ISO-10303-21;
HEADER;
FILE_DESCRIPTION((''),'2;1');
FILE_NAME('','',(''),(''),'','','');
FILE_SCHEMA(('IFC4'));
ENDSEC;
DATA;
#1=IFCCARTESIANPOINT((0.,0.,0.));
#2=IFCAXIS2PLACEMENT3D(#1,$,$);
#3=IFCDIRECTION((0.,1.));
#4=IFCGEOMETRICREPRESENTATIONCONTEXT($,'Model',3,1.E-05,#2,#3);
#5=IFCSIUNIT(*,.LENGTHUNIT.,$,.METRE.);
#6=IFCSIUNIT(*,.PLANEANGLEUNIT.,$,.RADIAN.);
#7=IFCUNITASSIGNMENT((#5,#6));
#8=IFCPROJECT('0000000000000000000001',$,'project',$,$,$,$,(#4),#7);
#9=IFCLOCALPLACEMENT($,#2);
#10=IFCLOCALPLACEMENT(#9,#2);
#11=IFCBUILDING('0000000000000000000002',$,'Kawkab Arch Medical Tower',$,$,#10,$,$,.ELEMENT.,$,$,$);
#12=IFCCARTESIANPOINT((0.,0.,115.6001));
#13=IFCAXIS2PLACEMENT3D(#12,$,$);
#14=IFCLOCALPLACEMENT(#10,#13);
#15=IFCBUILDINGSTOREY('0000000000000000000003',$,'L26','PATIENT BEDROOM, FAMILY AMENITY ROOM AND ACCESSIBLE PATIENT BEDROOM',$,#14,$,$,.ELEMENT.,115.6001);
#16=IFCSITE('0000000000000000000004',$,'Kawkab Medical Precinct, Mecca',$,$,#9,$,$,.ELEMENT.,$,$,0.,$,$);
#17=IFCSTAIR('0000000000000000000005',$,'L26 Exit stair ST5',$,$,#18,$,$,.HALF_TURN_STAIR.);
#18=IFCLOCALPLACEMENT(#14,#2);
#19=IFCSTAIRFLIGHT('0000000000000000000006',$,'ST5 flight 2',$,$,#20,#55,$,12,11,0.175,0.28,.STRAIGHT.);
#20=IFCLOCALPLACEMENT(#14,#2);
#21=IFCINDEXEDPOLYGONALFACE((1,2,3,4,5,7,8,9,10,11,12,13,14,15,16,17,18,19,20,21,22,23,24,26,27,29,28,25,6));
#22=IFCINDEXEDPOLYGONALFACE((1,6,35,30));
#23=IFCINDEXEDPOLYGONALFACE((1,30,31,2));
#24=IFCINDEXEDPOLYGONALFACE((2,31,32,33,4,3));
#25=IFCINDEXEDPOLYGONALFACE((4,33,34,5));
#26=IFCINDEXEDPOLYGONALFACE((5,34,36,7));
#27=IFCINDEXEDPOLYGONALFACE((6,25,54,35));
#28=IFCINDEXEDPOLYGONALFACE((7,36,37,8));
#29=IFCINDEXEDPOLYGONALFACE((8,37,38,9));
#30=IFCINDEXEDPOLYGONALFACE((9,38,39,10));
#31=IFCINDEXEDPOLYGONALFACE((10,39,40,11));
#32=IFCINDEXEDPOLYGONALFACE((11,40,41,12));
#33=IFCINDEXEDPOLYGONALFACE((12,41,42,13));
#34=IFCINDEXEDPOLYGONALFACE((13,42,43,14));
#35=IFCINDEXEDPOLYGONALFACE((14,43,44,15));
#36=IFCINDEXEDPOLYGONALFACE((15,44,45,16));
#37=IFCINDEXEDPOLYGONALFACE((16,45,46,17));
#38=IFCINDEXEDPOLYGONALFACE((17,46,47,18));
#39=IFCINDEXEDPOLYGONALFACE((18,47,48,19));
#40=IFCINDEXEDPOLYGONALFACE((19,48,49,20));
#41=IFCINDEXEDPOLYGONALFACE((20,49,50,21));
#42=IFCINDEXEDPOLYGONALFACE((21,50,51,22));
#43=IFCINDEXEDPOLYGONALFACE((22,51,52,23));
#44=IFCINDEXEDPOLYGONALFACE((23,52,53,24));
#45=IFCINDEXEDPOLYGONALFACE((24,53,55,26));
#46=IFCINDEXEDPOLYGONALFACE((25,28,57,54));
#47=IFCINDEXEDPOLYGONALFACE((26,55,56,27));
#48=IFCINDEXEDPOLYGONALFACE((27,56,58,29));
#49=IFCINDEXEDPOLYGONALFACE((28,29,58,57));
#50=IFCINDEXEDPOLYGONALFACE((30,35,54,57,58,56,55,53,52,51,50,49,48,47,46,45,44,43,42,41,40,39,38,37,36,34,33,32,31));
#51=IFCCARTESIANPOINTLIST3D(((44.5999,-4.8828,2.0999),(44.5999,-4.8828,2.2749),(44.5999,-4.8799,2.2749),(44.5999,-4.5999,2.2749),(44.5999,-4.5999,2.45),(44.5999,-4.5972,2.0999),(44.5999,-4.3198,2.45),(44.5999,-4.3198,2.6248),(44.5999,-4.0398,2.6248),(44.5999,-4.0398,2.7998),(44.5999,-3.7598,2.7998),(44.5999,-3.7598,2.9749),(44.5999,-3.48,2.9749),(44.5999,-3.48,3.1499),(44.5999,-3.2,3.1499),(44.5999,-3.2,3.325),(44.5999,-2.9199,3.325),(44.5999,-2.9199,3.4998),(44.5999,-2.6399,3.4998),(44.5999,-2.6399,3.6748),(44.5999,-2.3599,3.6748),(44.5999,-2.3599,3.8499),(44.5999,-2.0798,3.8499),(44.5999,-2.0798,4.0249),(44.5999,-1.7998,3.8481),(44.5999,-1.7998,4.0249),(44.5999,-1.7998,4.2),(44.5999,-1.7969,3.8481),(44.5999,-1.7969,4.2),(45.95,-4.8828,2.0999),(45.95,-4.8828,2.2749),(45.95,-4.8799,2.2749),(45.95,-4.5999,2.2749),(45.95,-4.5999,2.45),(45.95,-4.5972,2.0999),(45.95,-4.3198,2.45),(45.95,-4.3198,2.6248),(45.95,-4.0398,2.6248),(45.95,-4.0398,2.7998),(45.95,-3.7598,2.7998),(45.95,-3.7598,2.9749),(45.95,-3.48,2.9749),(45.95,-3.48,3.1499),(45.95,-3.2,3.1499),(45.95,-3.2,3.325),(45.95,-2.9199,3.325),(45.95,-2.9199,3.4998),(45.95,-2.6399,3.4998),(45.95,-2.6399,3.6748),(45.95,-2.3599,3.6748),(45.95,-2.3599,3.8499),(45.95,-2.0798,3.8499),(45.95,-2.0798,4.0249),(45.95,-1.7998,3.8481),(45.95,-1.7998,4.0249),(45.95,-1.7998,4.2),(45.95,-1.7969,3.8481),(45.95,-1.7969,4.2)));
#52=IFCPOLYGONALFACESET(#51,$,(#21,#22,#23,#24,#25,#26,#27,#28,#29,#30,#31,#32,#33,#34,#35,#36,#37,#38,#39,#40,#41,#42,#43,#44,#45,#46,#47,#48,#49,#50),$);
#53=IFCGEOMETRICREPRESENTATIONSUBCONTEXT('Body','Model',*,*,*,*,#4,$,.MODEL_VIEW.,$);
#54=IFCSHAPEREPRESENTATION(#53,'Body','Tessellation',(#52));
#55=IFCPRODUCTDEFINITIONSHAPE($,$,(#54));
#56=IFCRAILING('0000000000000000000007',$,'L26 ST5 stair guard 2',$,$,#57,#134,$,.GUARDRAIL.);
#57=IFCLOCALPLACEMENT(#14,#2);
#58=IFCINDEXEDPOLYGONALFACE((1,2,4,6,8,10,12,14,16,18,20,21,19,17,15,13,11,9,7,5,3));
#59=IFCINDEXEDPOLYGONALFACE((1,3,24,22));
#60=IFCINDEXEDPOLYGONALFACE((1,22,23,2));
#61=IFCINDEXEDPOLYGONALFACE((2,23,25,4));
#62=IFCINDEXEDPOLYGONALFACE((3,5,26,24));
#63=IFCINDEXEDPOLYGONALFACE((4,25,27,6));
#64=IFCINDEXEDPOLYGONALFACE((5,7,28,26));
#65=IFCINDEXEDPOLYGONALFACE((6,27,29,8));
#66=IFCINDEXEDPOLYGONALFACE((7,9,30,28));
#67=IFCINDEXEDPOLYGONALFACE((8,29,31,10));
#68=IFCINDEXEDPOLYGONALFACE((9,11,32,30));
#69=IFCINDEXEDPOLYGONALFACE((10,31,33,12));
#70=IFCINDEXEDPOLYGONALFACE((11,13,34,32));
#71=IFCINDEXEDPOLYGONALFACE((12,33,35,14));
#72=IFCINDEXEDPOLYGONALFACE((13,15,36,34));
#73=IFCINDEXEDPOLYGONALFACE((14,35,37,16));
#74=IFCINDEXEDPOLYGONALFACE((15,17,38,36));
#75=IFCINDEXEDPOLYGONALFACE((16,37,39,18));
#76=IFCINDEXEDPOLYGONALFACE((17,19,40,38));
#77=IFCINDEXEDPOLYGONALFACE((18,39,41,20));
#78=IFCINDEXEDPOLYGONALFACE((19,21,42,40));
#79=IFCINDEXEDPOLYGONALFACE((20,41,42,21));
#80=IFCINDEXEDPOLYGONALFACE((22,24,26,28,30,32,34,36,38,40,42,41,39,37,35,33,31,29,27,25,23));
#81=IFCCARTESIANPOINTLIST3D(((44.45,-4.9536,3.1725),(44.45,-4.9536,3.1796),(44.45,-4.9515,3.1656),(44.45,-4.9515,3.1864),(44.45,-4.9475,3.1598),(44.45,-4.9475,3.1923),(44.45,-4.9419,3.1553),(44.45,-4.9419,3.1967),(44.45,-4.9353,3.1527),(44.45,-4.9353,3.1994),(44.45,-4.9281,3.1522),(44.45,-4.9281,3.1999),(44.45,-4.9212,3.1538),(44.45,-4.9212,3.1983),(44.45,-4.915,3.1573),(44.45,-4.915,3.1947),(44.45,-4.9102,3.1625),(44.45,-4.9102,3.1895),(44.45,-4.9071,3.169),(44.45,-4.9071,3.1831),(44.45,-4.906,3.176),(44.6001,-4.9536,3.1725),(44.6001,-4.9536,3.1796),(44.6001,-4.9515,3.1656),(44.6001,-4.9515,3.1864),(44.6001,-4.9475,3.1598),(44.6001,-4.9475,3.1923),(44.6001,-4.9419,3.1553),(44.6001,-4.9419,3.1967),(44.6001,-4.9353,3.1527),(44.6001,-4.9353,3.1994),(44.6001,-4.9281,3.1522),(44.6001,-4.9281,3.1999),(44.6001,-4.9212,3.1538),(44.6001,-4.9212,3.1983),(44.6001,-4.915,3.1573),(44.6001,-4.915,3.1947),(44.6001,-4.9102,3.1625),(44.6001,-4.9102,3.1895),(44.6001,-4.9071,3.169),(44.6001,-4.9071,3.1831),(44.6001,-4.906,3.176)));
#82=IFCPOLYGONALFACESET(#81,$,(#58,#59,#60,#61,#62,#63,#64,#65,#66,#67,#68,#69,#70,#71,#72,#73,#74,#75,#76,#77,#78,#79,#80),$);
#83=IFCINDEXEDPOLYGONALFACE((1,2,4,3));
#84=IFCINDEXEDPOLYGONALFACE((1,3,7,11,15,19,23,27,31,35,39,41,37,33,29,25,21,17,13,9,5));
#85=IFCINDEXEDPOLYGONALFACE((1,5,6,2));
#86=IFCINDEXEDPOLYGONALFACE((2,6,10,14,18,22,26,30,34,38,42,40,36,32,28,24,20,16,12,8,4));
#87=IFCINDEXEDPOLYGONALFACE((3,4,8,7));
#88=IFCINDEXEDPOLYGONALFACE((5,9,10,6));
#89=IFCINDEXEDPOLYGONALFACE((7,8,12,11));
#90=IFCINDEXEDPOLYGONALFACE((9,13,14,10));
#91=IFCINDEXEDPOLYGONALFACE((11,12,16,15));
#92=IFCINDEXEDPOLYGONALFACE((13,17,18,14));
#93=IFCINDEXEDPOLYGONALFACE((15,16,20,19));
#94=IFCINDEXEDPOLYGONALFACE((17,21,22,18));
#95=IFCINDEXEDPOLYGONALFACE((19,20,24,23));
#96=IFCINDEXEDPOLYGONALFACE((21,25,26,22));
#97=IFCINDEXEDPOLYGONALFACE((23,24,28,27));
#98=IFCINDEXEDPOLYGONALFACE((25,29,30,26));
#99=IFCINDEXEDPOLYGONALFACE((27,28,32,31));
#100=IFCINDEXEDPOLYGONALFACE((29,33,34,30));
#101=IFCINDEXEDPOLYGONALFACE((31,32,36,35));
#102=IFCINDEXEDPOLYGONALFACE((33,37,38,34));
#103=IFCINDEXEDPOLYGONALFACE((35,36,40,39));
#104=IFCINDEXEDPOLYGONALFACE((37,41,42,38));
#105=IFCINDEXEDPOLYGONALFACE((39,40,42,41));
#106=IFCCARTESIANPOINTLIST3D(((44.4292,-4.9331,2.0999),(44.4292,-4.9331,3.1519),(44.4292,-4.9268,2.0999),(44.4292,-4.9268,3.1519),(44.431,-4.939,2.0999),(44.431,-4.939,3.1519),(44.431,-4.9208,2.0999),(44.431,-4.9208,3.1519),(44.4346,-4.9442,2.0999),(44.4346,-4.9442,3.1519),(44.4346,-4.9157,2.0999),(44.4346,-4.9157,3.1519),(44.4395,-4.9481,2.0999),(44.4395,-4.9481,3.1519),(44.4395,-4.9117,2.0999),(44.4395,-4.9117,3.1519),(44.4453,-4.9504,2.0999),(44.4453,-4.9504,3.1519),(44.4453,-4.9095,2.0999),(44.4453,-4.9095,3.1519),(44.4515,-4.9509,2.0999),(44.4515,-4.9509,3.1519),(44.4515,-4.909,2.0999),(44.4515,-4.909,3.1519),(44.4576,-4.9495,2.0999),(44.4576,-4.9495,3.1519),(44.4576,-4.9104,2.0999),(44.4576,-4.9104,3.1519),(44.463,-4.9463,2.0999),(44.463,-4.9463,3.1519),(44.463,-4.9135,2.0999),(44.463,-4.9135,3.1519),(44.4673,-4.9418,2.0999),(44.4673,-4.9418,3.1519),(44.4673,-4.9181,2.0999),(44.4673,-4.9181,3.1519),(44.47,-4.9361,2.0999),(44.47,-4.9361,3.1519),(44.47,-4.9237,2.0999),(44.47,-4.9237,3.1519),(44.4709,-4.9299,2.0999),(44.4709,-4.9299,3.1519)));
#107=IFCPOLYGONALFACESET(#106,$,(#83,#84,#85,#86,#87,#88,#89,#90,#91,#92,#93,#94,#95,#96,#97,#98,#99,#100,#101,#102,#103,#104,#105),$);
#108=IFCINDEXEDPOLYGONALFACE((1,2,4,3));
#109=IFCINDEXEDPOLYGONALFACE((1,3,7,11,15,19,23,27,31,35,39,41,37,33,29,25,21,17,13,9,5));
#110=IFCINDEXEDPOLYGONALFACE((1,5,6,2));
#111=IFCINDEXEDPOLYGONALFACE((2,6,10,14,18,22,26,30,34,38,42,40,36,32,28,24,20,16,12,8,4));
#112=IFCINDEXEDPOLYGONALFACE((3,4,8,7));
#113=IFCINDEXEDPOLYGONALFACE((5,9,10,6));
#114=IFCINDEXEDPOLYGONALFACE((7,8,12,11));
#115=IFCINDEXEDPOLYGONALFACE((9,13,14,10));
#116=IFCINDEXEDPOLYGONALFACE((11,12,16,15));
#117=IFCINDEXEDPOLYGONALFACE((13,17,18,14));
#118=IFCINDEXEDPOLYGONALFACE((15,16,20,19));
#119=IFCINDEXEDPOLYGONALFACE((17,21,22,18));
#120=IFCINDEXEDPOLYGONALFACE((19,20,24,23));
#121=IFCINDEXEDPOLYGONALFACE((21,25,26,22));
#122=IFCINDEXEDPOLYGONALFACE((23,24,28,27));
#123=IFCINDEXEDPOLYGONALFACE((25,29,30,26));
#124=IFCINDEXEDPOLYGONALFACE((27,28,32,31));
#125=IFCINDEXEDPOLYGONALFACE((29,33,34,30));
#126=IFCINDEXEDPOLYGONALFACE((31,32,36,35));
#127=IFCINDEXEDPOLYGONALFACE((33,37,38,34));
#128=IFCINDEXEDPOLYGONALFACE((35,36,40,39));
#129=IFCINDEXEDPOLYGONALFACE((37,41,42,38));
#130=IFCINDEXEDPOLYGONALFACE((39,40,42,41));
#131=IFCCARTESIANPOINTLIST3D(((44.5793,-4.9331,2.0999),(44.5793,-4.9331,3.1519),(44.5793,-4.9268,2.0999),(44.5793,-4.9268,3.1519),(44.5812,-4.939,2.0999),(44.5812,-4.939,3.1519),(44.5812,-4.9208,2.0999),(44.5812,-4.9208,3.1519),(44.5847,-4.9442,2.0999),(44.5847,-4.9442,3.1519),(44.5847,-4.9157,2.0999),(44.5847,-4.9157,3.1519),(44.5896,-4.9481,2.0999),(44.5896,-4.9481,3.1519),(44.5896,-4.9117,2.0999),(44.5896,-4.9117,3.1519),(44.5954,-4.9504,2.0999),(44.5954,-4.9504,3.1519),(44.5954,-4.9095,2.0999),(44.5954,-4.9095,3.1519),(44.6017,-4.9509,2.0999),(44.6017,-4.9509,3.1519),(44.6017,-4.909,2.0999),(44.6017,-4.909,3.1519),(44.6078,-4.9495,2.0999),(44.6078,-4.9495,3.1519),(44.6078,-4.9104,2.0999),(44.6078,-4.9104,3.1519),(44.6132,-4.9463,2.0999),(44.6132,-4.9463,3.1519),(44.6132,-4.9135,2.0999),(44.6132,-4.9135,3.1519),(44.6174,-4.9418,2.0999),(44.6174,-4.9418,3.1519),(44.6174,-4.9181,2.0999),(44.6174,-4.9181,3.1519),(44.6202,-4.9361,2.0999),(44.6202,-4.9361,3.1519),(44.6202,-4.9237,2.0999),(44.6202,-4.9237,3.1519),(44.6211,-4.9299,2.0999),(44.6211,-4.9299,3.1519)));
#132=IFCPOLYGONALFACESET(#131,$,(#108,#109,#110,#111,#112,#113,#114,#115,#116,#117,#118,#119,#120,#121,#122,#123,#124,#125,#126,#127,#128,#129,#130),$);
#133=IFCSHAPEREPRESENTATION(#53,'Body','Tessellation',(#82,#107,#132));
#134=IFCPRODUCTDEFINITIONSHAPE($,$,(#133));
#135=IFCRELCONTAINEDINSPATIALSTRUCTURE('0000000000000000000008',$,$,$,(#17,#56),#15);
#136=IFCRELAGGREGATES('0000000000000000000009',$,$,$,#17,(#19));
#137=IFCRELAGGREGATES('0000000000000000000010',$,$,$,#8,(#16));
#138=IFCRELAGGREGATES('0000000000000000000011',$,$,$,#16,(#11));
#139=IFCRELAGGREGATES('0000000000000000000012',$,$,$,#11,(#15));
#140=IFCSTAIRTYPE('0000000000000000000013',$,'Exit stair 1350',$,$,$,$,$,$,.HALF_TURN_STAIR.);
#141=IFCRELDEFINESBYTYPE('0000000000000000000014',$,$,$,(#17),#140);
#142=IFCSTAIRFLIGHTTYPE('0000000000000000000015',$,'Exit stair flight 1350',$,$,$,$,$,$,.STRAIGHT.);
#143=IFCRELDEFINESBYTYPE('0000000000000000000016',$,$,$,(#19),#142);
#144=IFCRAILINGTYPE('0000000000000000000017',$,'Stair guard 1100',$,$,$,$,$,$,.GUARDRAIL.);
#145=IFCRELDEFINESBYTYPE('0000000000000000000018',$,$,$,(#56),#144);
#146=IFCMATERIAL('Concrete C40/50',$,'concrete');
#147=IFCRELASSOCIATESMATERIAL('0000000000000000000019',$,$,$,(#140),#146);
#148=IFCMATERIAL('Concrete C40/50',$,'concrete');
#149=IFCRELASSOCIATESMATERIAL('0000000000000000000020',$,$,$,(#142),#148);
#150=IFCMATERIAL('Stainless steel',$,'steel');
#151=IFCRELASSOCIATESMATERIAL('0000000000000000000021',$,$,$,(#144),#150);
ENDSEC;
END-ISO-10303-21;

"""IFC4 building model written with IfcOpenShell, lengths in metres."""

from ifc_helpers import new_model, si_unit, direction, frame, origin, origin_2d, place, context, subcontext, project, spatial, polyline, circle, outline, extrude, material, type_object, element, aggregate, save


model = new_model("IFC4")

# Units and contexts
model_context = context("Model", 3, precision=1e-05, world=origin(), true_north=direction((0.0, 1.0)))
body_context = subcontext(model_context, "Body", "Model", "MODEL_VIEW")
ifc_project = project(units=[si_unit("LENGTHUNIT", "METRE"), si_unit("PLANEANGLEUNIT", "RADIAN")], contexts=[model_context])

# Site, building, storey
site_placement = place(None, origin())
site = spatial("IfcSite", under=ifc_project, at=site_placement, Name="Kawkab Medical Precinct, Mecca", CompositionType="ELEMENT", RefElevation=0.0)
building_placement = place(site_placement, origin())
building = spatial("IfcBuilding", under=site, at=building_placement, Name="Kawkab Arch Medical Tower", CompositionType="ELEMENT")
storey_placement = place(building_placement, frame((0.0, 0.0, 115.6001)))
storey = spatial("IfcBuildingStorey", under=building, at=storey_placement, Name="L26", Description="PATIENT BEDROOM, FAMILY AMENITY ROOM AND ACCESSIBLE PATIENT BEDROOM", CompositionType="ELEMENT", Elevation=115.6001)

# Stair, stair flight
ifc_material_1 = material(Name="Concrete C40/50", Category="concrete")
stair_type = type_object("IfcStairType", Name="Exit stair 1350", PredefinedType="HALF_TURN_STAIR", material=ifc_material_1)
stair_placement = place(storey_placement, origin())
stair = element("IfcStair", 1, at=stair_placement, inside=storey, type_object=stair_type, Name="L26 Exit stair ST5", PredefinedType="HALF_TURN_STAIR")
ifc_material_2 = material(Name="Concrete C40/50", Category="concrete")
stair_flight_type = type_object("IfcStairFlightType", Name="Exit stair flight 1350", PredefinedType="STRAIGHT", material=ifc_material_2)
stair_flight_placement = place(storey_placement, frame((45.2749, -4.8799, 2.0999), z_axis=(0.0, 0.0, 1.0), x_axis=(0.0, 1.0, 0.0)))
stair_flight = element("IfcStairFlight", 2, at=stair_flight_placement, type_object=stair_flight_type, Name="ST5 flight 2", NumberOfRisers=12, NumberOfTreads=11, PredefinedType="STRAIGHT", RiserHeight=0.175, TreadLength=0.28, context=body_context, shape_type="SweptSolid", body=[
    extrude(outline(polyline([(-0.0029, 0.0), (-0.0029, 0.175), (0.0, 0.175), (0.28, 0.175), (0.28, 0.3501), (0.5601, 0.3501), (0.5601, 0.5249), (0.8401, 0.5249), (0.8401, 0.7), (1.1201, 0.7), (1.1201, 0.875), (1.3999, 0.875), (1.3999, 1.05), (1.6799, 1.05), (1.6799, 1.2251), (1.96, 1.2251), (1.96, 1.3999), (2.24, 1.3999), (2.24, 1.575), (2.52, 1.575), (2.52, 1.75), (2.8, 1.75), (2.8, 1.925), (3.0801, 1.925), (3.0801, 2.1001), (3.083, 2.1001), (3.083, 1.7483), (3.0801, 1.7483), (0.2827, 0.0), (-0.0029, 0.0)])), frame((0.0, 0.675, 0.0), z_axis=(0.0, -1.0, 0.0), x_axis=(1.0, 0.0, 0.0)), (0.0, 0.0, 1.0), 1.3501),
])
aggregate(stair, [stair_flight])

# Railing
ifc_material_3 = material(Name="Stainless steel", Category="steel")
railing_type = type_object("IfcRailingType", Name="Stair guard 1100", PredefinedType="GUARDRAIL", material=ifc_material_3)
railing_1_placement = place(storey_placement, frame((44.45, -4.9299, 2.0999)))
element("IfcRailing", 3, at=railing_1_placement, inside=storey, type_object=railing_type, Name="L26 ST5 stair guard 2", PredefinedType="GUARDRAIL", context=body_context, shape_type="SweptSolid", body=[
    extrude(circle(Radius=0.0239, at=origin_2d()), frame((0.0, 0.0, 1.0762), z_axis=(1.0, 0.0, 0.0), x_axis=(0.0, 1.0, 0.0)), (0.0, 0.0, 1.0), 0.1501),
    extrude(circle(Radius=0.021, at=origin_2d()), origin(), (0.0, 0.0, 1.0), 1.052),
    extrude(circle(Radius=0.021, at=origin_2d()), frame((0.1501, 0.0, 0.0)), (0.0, 0.0, 1.0), 1.052),
])

save(model, "model.ifc")
